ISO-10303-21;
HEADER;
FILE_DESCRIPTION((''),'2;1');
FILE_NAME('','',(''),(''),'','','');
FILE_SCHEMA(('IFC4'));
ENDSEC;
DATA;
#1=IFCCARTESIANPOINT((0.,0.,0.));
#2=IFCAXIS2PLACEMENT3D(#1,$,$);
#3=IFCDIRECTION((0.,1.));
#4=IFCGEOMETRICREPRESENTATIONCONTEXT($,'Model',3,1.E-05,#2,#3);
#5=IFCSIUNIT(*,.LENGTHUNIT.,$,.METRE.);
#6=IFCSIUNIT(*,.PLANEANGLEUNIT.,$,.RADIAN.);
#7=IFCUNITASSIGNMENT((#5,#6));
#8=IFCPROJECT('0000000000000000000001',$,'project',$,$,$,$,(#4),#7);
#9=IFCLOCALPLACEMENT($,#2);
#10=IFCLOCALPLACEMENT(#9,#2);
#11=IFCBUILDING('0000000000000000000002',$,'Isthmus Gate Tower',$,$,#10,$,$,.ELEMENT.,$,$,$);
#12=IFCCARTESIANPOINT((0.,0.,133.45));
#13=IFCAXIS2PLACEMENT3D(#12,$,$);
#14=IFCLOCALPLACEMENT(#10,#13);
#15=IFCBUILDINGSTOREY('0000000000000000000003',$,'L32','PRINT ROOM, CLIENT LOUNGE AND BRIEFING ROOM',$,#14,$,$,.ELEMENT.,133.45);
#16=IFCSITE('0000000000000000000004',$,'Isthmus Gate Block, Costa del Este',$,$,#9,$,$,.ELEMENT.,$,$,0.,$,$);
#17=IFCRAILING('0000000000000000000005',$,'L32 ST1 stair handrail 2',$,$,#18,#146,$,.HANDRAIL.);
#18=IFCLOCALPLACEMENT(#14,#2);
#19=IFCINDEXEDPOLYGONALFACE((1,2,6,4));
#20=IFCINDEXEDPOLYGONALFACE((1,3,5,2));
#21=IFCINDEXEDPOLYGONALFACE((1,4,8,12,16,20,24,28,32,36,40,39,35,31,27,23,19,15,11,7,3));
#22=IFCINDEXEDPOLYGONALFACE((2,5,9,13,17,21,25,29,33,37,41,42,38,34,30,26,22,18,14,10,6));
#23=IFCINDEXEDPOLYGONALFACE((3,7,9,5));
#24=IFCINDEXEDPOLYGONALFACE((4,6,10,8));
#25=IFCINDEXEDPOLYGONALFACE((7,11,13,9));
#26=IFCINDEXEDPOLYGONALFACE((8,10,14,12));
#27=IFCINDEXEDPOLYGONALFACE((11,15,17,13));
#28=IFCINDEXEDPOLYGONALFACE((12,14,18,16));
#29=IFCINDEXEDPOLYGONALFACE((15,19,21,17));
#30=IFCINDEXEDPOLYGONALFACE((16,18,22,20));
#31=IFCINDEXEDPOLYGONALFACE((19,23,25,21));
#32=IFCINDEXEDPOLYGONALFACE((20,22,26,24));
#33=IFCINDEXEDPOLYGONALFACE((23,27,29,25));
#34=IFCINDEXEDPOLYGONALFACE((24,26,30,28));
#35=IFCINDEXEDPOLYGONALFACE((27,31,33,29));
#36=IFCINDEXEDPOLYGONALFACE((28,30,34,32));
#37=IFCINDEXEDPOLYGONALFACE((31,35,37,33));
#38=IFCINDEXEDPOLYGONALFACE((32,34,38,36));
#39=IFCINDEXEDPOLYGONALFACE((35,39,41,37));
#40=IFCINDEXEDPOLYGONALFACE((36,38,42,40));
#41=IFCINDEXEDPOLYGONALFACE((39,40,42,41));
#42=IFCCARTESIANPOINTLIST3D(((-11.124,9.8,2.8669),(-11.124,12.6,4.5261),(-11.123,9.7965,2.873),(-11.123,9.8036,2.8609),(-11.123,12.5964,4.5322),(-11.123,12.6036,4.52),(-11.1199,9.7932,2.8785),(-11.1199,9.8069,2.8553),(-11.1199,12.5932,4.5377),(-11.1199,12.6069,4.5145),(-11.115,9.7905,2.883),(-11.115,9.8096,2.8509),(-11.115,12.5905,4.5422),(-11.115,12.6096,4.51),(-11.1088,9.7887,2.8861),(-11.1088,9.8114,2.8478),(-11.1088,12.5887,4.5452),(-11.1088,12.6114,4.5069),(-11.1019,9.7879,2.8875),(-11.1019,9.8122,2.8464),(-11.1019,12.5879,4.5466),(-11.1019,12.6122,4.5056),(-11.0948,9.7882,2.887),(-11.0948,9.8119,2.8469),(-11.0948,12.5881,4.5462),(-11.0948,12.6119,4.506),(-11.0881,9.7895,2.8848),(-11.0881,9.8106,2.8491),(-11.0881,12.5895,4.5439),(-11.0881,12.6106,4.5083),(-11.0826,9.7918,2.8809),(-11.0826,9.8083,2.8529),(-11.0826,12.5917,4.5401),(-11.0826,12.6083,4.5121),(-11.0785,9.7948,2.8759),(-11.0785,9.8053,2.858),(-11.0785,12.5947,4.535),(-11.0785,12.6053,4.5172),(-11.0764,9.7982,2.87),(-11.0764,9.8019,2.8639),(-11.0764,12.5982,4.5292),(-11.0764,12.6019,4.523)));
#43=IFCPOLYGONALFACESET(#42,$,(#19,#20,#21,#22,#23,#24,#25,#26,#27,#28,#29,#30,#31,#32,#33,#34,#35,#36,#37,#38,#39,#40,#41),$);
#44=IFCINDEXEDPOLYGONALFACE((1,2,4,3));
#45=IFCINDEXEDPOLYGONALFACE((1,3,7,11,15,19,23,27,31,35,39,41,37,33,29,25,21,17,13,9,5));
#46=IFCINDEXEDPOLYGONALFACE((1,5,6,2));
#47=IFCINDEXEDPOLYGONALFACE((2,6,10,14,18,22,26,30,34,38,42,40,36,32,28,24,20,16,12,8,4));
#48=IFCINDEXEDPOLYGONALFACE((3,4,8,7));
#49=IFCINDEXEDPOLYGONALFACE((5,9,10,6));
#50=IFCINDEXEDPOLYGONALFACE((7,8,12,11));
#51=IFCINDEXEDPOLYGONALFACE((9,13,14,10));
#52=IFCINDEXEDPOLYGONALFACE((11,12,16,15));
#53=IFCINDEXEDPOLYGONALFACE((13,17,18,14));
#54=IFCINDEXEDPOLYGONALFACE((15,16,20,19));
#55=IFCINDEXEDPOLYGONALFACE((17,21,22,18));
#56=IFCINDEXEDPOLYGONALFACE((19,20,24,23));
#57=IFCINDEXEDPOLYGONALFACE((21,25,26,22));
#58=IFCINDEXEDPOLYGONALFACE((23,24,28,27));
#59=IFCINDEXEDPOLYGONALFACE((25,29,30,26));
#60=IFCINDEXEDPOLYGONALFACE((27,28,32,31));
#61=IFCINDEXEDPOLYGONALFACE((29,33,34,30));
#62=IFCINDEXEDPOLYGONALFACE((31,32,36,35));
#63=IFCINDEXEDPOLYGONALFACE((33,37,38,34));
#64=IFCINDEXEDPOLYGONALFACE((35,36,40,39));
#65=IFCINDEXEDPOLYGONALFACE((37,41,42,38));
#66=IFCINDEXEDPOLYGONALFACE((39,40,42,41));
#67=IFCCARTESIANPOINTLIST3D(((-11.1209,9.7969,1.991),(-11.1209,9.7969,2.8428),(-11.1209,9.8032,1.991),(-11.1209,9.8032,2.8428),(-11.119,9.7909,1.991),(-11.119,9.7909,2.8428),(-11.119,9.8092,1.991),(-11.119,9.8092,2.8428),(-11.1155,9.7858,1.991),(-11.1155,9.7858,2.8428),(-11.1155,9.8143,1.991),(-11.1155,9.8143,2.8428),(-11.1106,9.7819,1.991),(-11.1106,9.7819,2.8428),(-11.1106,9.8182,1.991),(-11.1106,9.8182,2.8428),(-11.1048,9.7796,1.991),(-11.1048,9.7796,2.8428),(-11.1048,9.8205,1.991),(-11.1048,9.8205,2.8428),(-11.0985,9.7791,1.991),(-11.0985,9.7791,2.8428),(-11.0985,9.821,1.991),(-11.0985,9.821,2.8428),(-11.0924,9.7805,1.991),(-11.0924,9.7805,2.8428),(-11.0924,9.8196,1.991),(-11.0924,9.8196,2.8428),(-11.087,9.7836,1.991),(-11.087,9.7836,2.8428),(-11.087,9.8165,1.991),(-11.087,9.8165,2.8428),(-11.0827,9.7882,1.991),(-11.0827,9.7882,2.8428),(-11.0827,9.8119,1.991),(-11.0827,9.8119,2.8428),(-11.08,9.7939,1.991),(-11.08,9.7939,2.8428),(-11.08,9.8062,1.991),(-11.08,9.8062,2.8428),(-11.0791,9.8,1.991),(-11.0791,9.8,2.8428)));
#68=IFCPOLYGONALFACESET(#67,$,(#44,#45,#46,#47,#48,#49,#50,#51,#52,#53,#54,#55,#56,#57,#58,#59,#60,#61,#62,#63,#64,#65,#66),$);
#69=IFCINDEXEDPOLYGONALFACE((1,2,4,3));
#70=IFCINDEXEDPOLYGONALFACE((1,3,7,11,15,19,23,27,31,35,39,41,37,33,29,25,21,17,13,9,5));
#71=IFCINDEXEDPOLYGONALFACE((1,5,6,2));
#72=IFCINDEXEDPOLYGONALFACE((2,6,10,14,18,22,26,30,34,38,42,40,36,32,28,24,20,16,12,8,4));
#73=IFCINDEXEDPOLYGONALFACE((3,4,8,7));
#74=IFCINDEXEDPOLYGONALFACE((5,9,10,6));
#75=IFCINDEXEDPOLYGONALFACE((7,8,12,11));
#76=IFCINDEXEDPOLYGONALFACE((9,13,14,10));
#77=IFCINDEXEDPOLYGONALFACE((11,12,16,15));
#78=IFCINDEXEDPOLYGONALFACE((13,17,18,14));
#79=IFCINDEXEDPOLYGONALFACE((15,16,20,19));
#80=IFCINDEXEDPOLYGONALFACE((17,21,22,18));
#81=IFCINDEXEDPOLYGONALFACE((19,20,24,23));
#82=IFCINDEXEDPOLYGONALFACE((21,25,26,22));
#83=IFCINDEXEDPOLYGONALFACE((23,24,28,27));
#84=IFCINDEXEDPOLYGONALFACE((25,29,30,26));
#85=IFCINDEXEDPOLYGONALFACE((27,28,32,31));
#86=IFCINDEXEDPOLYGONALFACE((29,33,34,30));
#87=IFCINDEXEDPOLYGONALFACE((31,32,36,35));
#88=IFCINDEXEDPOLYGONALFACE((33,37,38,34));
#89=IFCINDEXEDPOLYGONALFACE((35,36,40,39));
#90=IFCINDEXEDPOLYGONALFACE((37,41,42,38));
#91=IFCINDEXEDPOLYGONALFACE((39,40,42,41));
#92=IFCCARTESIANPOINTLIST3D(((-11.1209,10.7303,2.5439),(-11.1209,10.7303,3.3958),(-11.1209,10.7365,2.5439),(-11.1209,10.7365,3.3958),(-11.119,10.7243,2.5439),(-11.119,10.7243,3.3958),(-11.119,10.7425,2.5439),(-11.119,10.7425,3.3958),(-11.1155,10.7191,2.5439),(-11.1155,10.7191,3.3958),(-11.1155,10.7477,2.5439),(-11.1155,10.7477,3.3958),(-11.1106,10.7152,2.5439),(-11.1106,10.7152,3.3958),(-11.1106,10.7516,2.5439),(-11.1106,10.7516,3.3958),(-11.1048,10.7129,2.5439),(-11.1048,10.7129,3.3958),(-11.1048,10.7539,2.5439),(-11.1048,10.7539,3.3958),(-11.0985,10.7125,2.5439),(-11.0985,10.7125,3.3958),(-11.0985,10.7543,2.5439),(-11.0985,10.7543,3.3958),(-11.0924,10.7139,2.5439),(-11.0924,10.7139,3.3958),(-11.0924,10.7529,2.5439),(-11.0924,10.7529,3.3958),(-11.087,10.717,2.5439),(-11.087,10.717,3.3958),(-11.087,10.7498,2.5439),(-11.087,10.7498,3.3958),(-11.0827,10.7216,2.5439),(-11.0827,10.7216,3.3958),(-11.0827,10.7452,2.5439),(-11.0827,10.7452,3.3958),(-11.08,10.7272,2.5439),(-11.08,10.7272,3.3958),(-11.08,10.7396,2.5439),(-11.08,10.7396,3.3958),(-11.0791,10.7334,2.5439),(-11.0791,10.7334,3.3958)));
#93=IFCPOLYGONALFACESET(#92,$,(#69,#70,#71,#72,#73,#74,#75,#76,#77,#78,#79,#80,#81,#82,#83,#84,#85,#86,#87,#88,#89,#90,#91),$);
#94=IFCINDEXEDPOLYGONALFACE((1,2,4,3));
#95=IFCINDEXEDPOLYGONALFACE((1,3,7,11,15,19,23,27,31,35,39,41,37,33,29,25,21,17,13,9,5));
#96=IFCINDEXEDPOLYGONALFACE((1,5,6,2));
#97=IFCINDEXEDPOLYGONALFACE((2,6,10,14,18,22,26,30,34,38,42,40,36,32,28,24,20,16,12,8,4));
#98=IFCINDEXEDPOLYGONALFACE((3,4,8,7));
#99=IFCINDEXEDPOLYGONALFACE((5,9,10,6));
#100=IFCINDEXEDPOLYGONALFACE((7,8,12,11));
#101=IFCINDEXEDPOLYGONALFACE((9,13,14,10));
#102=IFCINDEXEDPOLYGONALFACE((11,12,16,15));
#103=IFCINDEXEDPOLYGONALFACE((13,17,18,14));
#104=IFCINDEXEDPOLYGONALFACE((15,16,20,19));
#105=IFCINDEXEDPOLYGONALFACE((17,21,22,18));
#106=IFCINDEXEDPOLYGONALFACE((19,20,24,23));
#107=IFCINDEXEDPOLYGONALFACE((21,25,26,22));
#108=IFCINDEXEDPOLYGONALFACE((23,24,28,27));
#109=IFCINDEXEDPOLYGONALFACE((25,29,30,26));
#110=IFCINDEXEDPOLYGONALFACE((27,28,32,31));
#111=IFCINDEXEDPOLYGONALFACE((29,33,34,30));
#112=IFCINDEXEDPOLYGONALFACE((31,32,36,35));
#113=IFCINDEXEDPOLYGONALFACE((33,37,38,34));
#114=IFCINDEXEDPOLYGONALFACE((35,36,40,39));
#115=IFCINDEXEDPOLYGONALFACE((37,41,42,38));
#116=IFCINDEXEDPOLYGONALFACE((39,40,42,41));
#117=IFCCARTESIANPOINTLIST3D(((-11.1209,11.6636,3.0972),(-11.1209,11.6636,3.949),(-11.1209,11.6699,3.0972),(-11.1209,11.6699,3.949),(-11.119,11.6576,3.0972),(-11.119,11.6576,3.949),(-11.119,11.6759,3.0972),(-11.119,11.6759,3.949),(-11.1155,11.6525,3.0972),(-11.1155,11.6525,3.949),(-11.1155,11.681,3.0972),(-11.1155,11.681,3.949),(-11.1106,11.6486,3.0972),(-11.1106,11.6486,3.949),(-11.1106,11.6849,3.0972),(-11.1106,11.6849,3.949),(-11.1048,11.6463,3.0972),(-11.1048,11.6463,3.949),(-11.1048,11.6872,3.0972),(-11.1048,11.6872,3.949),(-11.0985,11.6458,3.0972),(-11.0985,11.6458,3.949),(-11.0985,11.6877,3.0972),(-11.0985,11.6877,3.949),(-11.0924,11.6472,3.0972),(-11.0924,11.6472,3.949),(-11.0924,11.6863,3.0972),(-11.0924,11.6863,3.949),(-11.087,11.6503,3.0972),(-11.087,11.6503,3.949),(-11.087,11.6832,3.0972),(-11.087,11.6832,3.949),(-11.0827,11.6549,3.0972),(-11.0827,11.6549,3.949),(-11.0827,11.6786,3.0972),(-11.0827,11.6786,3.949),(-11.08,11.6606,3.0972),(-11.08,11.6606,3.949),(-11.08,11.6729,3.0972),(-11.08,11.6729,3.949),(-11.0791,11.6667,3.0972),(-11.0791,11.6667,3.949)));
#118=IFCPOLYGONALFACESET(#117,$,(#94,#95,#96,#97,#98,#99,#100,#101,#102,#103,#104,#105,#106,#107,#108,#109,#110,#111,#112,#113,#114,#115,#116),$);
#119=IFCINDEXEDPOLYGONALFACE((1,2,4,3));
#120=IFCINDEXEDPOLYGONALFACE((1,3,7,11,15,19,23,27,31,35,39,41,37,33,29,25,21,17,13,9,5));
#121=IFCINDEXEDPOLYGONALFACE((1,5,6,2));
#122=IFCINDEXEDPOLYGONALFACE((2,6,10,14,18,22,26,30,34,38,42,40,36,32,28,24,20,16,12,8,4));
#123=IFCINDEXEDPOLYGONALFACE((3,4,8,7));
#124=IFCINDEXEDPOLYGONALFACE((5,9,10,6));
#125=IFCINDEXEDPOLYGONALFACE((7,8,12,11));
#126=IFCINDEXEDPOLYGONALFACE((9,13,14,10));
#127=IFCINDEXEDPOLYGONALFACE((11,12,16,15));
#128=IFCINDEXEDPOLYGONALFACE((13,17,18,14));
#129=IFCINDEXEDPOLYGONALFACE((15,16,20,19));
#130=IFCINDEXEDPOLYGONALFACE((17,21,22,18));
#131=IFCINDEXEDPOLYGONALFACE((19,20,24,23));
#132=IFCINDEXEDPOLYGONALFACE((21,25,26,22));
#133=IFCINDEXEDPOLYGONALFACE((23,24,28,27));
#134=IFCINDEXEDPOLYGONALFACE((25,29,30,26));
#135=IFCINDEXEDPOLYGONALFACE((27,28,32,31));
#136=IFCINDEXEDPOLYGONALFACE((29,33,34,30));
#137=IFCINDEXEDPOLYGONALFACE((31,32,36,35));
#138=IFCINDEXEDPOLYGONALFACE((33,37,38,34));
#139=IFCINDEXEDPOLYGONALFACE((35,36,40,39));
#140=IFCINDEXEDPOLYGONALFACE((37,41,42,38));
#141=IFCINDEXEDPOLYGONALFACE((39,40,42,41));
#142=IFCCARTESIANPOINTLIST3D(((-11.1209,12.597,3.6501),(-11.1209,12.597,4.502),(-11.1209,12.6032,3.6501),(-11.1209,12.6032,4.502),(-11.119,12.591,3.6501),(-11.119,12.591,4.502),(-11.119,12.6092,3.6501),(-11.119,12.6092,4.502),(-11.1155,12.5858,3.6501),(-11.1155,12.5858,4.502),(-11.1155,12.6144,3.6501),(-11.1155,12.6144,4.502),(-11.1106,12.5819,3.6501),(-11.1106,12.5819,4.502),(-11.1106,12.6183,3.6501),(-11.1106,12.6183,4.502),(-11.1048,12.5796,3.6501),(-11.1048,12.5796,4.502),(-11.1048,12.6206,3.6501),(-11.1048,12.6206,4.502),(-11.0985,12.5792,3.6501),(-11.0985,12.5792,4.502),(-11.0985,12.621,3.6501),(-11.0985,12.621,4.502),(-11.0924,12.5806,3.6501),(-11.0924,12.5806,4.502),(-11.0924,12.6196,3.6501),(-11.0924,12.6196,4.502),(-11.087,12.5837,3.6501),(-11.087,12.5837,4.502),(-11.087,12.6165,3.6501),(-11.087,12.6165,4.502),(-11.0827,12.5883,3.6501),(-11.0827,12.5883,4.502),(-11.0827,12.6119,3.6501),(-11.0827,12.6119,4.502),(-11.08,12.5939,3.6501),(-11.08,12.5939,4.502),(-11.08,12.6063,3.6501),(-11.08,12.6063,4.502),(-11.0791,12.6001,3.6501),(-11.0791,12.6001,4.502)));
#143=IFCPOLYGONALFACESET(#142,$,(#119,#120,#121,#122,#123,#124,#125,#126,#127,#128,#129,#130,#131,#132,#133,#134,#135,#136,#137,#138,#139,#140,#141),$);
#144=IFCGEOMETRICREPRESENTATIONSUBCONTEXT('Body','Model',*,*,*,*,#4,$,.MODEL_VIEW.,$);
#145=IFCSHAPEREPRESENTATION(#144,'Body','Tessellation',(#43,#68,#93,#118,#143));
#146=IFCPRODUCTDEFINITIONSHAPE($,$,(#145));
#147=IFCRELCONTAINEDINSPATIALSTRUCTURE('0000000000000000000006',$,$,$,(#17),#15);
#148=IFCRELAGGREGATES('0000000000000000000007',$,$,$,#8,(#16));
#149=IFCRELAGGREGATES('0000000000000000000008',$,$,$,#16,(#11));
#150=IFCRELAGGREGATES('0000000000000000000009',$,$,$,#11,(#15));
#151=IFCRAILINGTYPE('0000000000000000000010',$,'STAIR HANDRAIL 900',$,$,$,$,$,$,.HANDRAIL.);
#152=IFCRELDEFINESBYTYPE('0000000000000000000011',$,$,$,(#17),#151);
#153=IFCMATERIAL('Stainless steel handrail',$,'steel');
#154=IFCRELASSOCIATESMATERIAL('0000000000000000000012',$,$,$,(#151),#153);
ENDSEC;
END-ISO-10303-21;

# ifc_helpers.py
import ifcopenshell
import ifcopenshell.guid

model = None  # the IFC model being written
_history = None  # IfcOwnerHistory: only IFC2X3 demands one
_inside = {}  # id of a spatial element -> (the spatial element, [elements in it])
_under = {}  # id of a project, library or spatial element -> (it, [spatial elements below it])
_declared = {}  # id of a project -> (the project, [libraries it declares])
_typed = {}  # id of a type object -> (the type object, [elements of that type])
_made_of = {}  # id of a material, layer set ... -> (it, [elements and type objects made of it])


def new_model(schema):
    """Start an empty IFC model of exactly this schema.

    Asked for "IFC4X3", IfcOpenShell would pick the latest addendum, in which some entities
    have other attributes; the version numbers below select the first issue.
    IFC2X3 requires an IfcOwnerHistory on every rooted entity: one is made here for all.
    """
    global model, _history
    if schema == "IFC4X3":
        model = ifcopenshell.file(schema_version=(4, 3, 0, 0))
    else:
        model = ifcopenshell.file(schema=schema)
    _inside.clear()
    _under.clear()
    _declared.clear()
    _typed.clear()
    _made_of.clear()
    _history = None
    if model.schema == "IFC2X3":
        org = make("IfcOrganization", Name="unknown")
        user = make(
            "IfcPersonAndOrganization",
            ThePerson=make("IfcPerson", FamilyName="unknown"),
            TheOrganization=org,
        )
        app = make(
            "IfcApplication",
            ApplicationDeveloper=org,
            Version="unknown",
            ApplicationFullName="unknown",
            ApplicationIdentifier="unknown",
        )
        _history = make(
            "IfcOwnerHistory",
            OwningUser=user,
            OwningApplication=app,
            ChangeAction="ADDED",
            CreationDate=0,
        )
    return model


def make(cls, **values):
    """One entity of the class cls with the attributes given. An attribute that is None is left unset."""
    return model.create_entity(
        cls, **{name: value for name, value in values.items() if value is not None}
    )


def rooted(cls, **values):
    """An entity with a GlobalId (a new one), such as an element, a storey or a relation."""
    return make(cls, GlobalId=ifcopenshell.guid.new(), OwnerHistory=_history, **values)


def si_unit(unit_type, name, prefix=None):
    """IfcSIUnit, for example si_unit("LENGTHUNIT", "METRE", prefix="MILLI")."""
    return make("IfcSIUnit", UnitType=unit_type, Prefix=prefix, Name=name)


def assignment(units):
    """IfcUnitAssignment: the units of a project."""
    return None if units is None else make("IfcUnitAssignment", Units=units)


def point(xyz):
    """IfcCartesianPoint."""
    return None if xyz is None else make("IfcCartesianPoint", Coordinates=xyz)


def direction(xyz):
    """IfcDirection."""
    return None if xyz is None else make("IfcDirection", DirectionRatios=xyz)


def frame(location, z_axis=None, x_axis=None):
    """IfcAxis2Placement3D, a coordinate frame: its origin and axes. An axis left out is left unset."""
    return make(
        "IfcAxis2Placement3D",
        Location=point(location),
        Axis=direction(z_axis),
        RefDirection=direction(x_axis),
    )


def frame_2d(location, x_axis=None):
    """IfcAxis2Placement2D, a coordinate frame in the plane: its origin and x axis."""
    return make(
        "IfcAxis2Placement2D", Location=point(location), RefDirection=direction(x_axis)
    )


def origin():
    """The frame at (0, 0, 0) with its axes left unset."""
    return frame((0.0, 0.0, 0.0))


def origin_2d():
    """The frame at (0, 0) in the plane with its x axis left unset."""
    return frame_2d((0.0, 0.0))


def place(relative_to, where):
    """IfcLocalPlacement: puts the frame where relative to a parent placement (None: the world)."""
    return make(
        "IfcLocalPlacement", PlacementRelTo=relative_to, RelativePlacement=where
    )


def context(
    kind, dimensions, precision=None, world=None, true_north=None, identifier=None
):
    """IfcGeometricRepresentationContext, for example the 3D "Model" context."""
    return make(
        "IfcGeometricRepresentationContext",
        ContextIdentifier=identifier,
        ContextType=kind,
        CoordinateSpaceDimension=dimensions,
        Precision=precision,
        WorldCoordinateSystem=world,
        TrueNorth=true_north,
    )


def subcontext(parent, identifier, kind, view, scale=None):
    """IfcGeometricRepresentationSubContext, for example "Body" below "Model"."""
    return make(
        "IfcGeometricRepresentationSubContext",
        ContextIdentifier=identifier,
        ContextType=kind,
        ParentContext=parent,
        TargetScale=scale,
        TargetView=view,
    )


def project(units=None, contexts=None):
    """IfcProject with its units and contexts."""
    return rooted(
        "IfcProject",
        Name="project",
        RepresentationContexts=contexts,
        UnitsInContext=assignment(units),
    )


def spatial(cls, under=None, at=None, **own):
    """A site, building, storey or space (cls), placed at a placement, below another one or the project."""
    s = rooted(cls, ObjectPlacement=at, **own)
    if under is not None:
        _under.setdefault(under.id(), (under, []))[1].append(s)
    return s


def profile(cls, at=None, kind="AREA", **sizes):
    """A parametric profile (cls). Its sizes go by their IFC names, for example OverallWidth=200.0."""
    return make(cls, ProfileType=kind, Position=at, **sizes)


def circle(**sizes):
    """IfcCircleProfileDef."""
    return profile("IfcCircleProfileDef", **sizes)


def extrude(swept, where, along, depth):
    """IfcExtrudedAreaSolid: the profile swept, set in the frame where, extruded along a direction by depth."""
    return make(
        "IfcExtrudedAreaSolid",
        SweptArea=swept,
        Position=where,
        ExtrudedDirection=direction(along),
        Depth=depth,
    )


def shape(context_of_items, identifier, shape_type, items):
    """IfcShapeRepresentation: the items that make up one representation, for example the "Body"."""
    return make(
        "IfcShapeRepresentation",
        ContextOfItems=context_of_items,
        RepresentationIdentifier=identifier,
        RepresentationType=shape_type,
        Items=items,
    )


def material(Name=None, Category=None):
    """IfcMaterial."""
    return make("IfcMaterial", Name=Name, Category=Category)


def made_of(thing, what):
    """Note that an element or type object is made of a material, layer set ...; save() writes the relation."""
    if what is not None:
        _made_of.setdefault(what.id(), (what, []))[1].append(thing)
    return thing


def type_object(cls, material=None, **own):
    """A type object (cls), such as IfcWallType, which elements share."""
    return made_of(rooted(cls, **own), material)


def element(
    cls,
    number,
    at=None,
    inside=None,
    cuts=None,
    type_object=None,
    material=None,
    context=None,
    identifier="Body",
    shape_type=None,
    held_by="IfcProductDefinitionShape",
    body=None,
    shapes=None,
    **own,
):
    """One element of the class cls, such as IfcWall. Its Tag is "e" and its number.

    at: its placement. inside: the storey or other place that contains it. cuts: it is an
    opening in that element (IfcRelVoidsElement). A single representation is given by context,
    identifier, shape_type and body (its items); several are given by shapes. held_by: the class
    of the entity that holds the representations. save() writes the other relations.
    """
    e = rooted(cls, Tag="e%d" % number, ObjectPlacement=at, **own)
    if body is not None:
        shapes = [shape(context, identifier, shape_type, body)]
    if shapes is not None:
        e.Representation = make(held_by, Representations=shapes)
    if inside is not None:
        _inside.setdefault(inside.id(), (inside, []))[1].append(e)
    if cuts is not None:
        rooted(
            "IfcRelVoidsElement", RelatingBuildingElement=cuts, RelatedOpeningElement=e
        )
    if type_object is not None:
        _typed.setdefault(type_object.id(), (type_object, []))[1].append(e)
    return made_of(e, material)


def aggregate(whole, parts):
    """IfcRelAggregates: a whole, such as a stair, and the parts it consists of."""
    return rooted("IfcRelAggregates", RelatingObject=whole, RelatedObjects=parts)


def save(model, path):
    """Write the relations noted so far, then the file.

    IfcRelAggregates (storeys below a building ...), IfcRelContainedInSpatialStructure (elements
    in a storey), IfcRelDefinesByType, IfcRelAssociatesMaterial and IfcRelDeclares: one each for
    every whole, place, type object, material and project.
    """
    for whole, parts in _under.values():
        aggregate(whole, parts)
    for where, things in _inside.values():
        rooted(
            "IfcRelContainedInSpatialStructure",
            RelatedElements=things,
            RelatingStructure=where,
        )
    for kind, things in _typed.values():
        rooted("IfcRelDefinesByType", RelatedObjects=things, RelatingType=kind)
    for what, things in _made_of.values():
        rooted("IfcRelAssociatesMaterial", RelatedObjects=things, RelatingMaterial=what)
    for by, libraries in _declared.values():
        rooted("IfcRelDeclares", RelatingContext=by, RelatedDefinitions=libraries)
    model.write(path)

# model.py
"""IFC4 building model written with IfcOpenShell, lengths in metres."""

from ifc_helpers import new_model, si_unit, direction, frame, origin, origin_2d, place, context, subcontext, project, spatial, circle, extrude, material, type_object, element, save


model = new_model("IFC4")

# Units and contexts
model_context = context("Model", 3, precision=1e-05, world=origin(), true_north=direction((0.0, 1.0)))
body_context = subcontext(model_context, "Body", "Model", "MODEL_VIEW")
ifc_project = project(units=[si_unit("LENGTHUNIT", "METRE"), si_unit("PLANEANGLEUNIT", "RADIAN")], contexts=[model_context])

# Site, building, storey
site_placement = place(None, origin())
site = spatial("IfcSite", under=ifc_project, at=site_placement, Name="Isthmus Gate Block, Costa del Este", CompositionType="ELEMENT", RefElevation=0.0)
building_placement = place(site_placement, origin())
building = spatial("IfcBuilding", under=site, at=building_placement, Name="Isthmus Gate Tower", CompositionType="ELEMENT")
storey_placement = place(building_placement, frame((0.0, 0.0, 133.45)))
storey = spatial("IfcBuildingStorey", under=building, at=storey_placement, Name="L32", Description="PRINT ROOM, CLIENT LOUNGE AND BRIEFING ROOM", CompositionType="ELEMENT", Elevation=133.45)

# Railing
ifc_material_1 = material(Name="Stainless steel handrail", Category="steel")
railing_type_1 = type_object("IfcRailingType", Name="STAIR HANDRAIL 900", PredefinedType="HANDRAIL", material=ifc_material_1)
railing_1_placement = place(storey_placement, frame((-11.1001, 9.8, 1.991)))
element("IfcRailing", 1, at=railing_1_placement, inside=storey, type_object=railing_type_1, Name="L32 ST1 stair handrail 2", PredefinedType="HANDRAIL", context=body_context, shape_type="SweptSolid", body=[
    extrude(circle(Radius=0.0239, at=origin_2d()), frame((0.0, 0.0, 0.876), z_axis=(0.0, 0.860306, 0.509778), x_axis=(-1.0, 0.0, 0.0)), (0.0, 0.0, 1.0), 3.2546),
    extrude(circle(Radius=0.021, at=origin_2d()), origin(), (0.0, 0.0, 1.0), 0.8518),
    extrude(circle(Radius=0.021, at=origin_2d()), frame((0.0, 0.9333, 0.553)), (0.0, 0.0, 1.0), 0.8518),
    extrude(circle(Radius=0.021, at=origin_2d()), frame((0.0, 1.8667, 1.1062)), (0.0, 0.0, 1.0), 0.8518),
    extrude(circle(Radius=0.021, at=origin_2d()), frame((0.0, 2.8, 1.6592)), (0.0, 0.0, 1.0), 0.8518),
])

save(model, "model.ifc")
